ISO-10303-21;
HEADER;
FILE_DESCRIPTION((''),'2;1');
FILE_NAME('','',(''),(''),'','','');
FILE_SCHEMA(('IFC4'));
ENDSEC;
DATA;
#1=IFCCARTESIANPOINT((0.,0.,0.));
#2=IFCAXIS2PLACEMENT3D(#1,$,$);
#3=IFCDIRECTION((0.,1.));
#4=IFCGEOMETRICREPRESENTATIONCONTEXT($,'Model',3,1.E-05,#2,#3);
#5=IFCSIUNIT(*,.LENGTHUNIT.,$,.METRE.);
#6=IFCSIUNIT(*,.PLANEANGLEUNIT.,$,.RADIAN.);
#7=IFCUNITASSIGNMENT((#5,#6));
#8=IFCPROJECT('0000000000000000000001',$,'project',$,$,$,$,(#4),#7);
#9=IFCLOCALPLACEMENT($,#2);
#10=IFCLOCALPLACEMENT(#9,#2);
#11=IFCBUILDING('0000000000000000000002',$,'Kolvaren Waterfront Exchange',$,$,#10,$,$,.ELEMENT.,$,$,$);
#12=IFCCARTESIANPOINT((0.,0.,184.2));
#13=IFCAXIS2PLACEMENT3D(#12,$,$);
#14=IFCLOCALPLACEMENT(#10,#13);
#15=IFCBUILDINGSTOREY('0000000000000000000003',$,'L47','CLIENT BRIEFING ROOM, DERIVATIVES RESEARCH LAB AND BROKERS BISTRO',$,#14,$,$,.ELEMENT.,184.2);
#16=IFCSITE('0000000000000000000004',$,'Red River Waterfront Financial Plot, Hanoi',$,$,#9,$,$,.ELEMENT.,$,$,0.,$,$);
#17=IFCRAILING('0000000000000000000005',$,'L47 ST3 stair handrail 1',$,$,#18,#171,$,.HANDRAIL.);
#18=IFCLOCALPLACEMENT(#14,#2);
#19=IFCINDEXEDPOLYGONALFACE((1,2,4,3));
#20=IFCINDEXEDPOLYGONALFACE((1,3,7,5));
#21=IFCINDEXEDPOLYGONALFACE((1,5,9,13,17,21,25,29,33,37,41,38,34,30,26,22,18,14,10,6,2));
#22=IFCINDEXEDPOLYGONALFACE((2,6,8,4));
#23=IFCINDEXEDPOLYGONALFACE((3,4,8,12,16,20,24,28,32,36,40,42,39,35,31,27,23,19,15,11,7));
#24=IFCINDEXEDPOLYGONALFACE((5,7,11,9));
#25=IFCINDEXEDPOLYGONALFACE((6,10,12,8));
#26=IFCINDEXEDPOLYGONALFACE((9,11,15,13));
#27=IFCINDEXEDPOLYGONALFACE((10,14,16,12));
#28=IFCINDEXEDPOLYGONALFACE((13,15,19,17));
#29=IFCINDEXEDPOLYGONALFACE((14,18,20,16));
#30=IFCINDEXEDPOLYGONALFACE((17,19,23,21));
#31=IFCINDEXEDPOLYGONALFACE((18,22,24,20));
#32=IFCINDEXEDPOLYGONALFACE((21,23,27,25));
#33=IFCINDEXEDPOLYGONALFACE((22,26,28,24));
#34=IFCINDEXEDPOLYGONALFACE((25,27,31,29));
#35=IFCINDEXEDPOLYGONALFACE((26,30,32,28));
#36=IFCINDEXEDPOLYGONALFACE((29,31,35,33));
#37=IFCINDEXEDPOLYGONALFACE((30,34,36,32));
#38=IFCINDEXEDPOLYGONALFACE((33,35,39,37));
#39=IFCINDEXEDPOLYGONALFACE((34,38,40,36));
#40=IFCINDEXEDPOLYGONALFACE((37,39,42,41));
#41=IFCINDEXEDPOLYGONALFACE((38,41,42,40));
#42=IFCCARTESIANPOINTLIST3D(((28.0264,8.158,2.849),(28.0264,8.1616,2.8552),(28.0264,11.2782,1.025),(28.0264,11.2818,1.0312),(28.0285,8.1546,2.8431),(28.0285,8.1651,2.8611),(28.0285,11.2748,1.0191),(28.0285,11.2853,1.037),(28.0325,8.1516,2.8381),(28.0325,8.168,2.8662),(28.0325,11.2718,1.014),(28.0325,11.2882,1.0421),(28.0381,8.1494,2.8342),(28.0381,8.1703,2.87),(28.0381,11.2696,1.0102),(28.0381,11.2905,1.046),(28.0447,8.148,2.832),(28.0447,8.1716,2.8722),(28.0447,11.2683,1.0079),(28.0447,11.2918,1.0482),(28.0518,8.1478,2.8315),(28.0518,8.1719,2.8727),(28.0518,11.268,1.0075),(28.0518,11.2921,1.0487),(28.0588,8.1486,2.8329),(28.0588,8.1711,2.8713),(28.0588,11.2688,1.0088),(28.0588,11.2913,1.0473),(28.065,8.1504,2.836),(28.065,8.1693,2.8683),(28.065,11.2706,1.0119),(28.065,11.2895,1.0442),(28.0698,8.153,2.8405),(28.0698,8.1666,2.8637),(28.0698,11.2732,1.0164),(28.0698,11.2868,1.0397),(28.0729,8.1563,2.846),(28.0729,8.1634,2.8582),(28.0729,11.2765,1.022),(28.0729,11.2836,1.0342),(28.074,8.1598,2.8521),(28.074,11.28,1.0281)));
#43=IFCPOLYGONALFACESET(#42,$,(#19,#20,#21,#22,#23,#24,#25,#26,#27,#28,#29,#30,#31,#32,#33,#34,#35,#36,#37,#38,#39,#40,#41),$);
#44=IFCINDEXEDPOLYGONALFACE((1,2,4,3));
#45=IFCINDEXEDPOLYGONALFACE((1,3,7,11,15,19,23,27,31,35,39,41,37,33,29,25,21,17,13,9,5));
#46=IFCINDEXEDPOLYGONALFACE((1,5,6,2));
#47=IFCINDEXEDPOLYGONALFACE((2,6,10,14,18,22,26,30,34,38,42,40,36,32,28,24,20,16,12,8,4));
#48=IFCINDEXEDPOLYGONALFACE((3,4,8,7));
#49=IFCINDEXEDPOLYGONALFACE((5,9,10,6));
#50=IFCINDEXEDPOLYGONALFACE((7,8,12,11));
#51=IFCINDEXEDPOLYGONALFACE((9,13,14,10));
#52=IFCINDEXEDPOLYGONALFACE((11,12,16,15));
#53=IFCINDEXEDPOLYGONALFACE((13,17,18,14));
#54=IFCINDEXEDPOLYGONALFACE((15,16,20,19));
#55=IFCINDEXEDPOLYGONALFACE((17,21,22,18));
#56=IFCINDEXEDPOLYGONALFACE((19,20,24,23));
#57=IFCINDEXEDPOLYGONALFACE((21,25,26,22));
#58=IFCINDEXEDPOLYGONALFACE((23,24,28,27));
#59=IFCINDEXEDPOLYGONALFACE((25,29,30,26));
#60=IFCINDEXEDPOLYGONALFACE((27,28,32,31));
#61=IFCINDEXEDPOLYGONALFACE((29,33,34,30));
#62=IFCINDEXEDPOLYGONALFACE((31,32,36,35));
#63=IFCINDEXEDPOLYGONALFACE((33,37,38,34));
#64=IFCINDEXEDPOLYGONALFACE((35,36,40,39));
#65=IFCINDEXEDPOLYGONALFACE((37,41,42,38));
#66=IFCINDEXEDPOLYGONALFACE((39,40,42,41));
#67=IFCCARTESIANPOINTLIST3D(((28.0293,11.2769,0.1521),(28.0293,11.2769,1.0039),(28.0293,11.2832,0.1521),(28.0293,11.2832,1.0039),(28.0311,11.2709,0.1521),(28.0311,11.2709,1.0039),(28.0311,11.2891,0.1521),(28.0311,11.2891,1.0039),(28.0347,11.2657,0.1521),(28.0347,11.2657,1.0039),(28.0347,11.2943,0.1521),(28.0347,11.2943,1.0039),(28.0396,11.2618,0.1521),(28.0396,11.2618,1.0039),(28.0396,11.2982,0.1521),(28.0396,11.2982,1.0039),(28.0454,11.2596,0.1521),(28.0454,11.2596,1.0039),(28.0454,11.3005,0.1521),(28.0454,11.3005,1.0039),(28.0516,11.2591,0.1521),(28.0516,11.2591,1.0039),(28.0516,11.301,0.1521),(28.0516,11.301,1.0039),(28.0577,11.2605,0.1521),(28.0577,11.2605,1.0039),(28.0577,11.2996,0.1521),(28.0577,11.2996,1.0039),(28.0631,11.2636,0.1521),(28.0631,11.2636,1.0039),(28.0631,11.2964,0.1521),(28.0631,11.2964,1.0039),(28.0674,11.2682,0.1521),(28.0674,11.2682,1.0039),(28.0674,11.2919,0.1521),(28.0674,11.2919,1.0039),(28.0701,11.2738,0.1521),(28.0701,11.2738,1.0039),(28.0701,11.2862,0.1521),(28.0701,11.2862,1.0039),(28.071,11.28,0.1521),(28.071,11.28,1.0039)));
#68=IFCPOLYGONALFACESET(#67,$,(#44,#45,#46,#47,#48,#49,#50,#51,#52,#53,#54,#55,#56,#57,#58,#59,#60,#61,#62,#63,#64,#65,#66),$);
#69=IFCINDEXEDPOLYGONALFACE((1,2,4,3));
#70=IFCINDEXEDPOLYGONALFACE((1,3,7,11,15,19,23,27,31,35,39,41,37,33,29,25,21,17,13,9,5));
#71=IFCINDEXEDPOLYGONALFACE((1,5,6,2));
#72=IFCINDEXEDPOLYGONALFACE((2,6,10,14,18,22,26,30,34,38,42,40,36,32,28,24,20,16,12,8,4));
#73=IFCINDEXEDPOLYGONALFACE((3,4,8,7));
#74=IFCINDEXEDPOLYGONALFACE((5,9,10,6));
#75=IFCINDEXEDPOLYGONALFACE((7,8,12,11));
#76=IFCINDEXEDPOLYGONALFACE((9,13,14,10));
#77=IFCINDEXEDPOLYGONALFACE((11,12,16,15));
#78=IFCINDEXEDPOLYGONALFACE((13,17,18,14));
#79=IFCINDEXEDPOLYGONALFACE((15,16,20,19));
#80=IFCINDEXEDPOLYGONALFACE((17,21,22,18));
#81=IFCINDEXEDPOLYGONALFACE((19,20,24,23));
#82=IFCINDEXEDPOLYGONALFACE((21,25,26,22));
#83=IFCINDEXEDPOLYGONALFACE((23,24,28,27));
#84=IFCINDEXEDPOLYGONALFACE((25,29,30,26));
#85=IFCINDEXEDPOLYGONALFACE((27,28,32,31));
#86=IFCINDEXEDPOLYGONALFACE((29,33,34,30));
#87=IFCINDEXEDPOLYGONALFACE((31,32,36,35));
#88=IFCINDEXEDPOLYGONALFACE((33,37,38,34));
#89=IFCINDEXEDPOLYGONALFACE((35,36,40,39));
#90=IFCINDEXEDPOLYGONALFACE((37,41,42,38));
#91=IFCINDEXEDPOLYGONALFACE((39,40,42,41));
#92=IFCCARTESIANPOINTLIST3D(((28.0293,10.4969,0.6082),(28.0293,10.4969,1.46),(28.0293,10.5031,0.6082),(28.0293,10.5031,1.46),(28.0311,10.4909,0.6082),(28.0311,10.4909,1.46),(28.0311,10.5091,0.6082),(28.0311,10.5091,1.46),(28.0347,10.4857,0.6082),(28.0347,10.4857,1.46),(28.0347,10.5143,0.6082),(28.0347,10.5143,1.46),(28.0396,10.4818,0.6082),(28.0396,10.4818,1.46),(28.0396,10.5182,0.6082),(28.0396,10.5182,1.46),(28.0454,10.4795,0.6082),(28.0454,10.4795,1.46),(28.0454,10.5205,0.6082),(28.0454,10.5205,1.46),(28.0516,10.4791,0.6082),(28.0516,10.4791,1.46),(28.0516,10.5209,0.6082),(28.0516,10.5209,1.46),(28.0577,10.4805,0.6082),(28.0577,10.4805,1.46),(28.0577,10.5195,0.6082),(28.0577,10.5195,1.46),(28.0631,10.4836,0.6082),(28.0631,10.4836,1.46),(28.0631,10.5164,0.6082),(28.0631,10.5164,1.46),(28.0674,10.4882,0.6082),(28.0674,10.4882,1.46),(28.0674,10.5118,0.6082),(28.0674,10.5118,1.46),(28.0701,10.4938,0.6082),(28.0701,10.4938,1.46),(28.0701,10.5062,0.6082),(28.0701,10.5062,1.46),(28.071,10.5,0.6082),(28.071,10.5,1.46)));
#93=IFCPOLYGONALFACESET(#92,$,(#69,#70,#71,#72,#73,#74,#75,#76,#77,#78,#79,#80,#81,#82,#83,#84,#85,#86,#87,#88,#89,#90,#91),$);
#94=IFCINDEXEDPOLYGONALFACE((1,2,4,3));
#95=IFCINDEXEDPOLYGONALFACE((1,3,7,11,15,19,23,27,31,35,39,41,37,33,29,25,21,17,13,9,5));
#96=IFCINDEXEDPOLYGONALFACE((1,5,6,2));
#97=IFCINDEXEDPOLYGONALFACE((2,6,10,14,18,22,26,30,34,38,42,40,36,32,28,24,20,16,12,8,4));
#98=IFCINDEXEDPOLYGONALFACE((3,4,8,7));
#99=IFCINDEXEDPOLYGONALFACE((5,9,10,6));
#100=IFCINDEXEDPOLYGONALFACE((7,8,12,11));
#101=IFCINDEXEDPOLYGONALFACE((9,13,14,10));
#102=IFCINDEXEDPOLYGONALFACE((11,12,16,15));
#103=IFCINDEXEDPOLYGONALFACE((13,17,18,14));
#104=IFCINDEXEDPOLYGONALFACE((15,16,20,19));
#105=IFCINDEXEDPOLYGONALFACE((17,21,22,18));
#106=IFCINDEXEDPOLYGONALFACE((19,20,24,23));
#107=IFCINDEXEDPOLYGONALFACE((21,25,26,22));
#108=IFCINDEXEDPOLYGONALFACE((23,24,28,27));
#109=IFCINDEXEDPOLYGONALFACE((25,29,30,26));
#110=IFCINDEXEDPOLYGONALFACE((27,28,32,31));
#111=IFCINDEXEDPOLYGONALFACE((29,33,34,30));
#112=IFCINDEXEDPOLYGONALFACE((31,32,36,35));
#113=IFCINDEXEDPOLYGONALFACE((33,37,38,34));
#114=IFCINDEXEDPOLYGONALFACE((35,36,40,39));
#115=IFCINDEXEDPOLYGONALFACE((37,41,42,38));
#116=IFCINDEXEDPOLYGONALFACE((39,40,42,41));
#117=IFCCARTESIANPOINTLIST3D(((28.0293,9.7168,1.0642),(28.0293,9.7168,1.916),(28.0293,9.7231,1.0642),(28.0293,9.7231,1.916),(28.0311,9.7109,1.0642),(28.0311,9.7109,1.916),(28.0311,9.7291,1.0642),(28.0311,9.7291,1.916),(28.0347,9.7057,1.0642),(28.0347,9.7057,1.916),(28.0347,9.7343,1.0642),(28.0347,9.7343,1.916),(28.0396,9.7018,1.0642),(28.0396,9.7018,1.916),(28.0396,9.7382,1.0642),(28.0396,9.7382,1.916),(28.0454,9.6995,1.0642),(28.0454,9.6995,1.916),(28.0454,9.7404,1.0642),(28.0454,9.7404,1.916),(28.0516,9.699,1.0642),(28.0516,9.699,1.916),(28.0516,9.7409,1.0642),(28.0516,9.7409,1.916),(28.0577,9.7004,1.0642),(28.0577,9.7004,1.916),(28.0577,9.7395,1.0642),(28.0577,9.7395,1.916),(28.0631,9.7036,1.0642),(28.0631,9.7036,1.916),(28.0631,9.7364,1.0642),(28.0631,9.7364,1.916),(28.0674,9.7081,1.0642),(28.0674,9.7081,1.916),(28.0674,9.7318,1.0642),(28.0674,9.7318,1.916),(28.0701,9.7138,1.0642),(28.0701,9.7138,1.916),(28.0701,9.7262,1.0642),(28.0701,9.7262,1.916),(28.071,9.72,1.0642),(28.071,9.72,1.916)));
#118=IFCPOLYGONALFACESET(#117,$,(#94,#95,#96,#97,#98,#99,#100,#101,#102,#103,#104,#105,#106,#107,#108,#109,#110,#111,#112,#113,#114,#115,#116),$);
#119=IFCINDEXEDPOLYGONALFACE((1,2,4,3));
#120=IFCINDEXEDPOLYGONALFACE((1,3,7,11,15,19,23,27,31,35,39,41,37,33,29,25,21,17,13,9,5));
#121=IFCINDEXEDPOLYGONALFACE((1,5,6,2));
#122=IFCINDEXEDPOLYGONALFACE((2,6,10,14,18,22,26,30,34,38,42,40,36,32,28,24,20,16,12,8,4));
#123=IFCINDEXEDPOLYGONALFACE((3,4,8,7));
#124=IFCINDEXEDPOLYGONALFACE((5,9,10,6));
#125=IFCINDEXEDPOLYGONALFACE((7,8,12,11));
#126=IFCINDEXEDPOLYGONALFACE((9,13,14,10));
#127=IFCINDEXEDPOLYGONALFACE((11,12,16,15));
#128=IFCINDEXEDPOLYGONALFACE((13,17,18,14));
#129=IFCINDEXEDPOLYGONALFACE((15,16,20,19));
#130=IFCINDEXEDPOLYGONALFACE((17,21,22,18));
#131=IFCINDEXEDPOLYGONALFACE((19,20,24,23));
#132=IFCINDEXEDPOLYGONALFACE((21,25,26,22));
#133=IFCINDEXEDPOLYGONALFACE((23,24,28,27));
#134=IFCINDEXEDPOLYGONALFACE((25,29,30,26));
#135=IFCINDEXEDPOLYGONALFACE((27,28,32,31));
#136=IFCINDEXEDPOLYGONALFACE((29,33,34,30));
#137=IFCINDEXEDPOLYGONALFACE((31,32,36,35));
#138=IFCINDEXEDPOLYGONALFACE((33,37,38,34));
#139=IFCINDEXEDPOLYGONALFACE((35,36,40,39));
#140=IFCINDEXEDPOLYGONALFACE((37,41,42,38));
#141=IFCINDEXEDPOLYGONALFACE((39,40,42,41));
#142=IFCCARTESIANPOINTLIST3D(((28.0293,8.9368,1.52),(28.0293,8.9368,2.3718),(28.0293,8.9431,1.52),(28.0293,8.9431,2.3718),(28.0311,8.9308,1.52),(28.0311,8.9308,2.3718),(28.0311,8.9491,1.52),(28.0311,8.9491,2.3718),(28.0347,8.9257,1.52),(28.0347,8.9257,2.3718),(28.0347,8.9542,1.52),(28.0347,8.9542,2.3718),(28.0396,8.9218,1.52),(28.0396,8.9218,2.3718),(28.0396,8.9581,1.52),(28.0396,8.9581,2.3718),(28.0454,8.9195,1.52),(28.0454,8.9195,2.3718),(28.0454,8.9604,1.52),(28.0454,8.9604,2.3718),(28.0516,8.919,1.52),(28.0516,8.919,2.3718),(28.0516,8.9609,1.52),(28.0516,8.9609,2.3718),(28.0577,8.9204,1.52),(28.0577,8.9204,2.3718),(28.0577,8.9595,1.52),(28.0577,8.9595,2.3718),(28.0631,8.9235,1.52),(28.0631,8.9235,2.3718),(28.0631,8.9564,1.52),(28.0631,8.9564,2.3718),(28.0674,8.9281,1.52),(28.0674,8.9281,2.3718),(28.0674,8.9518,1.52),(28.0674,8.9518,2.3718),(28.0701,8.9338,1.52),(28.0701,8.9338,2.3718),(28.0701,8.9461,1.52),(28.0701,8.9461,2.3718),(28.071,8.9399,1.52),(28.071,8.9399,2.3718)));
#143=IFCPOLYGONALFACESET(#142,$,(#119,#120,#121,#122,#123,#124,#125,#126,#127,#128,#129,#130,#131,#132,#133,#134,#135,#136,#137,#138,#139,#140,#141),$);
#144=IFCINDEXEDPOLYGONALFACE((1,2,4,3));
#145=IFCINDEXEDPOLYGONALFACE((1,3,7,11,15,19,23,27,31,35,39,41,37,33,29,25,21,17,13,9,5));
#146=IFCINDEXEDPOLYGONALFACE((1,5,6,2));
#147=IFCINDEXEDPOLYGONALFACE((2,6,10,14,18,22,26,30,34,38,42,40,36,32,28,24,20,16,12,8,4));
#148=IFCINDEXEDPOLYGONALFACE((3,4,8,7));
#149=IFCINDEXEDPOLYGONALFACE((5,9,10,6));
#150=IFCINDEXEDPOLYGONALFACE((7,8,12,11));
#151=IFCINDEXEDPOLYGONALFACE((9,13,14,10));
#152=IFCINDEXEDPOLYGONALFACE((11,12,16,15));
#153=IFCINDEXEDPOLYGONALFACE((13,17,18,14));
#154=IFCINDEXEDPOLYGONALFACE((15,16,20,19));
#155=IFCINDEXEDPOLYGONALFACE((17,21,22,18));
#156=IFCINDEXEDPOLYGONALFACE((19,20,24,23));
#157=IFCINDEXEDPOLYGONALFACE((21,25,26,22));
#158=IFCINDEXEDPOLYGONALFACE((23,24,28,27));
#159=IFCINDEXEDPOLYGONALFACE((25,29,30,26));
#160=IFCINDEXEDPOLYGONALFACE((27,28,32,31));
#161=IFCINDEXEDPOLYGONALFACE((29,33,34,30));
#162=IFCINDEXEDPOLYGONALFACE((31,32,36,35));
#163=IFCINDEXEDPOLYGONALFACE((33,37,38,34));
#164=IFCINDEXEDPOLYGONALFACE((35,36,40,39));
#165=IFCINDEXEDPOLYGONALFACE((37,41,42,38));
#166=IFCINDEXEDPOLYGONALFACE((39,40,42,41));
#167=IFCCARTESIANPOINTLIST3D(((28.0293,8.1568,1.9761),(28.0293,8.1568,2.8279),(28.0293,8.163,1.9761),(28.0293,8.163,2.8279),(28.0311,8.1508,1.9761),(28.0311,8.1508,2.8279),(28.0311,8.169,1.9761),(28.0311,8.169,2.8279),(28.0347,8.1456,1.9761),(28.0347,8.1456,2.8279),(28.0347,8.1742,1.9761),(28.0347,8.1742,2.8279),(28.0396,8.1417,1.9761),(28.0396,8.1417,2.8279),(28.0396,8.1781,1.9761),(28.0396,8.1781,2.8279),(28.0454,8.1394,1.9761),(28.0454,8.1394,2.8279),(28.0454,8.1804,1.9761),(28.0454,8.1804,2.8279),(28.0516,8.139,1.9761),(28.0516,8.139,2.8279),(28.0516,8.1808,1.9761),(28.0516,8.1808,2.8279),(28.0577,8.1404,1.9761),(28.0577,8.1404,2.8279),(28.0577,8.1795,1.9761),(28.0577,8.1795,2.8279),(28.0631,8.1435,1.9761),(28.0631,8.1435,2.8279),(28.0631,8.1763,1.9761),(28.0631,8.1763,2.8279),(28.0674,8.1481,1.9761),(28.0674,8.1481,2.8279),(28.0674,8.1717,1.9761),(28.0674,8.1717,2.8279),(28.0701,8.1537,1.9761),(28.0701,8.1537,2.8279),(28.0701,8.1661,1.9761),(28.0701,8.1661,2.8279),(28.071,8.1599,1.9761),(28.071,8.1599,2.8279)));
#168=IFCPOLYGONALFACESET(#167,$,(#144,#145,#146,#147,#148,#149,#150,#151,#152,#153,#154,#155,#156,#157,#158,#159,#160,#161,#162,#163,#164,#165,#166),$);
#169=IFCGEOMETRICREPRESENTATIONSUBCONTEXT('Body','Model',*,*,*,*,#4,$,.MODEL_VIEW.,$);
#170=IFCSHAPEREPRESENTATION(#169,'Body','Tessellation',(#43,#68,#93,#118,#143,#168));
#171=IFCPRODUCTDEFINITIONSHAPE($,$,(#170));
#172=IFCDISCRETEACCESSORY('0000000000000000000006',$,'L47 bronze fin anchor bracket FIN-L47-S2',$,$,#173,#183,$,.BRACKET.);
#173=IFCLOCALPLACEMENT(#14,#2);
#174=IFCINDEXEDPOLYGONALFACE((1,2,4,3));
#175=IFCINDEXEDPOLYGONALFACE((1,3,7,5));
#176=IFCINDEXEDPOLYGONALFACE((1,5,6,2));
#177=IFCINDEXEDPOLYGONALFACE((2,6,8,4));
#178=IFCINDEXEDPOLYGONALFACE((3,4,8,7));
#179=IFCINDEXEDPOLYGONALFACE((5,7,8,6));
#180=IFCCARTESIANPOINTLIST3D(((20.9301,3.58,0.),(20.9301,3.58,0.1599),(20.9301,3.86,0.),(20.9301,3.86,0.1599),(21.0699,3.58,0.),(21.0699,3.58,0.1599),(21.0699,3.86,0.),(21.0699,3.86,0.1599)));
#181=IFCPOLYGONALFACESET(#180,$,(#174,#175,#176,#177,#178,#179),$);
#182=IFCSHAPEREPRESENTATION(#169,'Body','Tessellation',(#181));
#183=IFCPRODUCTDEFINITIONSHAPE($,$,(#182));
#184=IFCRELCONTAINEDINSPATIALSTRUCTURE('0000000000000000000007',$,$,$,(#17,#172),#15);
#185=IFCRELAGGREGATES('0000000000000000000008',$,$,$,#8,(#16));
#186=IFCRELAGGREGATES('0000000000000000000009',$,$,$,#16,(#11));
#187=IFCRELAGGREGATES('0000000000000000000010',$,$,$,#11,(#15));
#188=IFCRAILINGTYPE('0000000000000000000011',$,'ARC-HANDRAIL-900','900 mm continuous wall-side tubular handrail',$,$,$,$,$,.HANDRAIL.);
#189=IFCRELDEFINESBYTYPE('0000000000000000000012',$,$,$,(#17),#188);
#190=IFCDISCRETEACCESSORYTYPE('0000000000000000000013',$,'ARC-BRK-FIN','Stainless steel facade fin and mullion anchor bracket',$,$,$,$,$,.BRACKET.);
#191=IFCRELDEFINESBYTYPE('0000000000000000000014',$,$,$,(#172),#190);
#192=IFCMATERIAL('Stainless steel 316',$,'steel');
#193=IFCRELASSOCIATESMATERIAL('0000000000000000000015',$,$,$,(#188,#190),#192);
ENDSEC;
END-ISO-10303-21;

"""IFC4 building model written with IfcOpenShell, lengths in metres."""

from ifc_helpers import new_model, si_unit, direction, frame, origin, origin_with_axes, origin_2d, place, context, subcontext, project, spatial, rectangle, circle, extrude, source, transform, mapped, material, type_object, element, save


model = new_model("IFC4")

# Units and contexts
model_context = context("Model", 3, precision=1e-05, world=origin(), true_north=direction((0.0, 1.0)))
body_context = subcontext(model_context, "Body", "Model", "MODEL_VIEW")
ifc_project = project(units=[si_unit("LENGTHUNIT", "METRE"), si_unit("PLANEANGLEUNIT", "RADIAN")], contexts=[model_context])

# Site, building, storey
site_placement = place(None, origin())
site = spatial("IfcSite", under=ifc_project, at=site_placement, Name="Red River Waterfront Financial Plot, Hanoi", CompositionType="ELEMENT", RefElevation=0.0)
building_placement = place(site_placement, origin())
building = spatial("IfcBuilding", under=site, at=building_placement, Name="Kolvaren Waterfront Exchange", CompositionType="ELEMENT")
storey_placement = place(building_placement, frame((0.0, 0.0, 184.2)))
storey = spatial("IfcBuildingStorey", under=building, at=storey_placement, Name="L47", Description="CLIENT BRIEFING ROOM, DERIVATIVES RESEARCH LAB AND BROKERS BISTRO", CompositionType="ELEMENT", Elevation=184.2)

# Railing
ifc_material_1 = material(Name="Stainless steel 316", Category="steel")
railing_type = type_object("IfcRailingType", Name="ARC-HANDRAIL-900", Description="900 mm continuous wall-side tubular handrail", PredefinedType="HANDRAIL", material=ifc_material_1)
railing_1_placement = place(storey_placement, frame((28.05, 11.28, 0.1521)))
element("IfcRailing", 1, at=railing_1_placement, inside=storey, type_object=railing_type, Name="L47 ST3 stair handrail 1", PredefinedType="HANDRAIL", context=body_context, shape_type="SweptSolid", body=[
    extrude(circle(Radius=0.0239, at=origin_2d()), frame((0.0, 0.0, 0.876), z_axis=(0.0, -0.863308, 0.504677), x_axis=(1.0, 0.0, 0.0)), (0.0, 0.0, 1.0), 3.6143),
    extrude(circle(Radius=0.021, at=origin_2d()), origin(), (0.0, 0.0, 1.0), 0.8518),
    extrude(circle(Radius=0.021, at=origin_2d()), frame((0.0, -0.78, 0.4561)), (0.0, 0.0, 1.0), 0.8518),
    extrude(circle(Radius=0.021, at=origin_2d()), frame((0.0, -1.5601, 0.9121)), (0.0, 0.0, 1.0), 0.8518),
    extrude(circle(Radius=0.021, at=origin_2d()), frame((0.0, -2.3401, 1.3679)), (0.0, 0.0, 1.0), 0.8518),
    extrude(circle(Radius=0.021, at=origin_2d()), frame((0.0, -3.1201, 1.824)), (0.0, 0.0, 1.0), 0.8518),
])

# Discrete accessory
discrete_accessory_type = type_object("IfcDiscreteAccessoryType", Name="ARC-BRK-FIN", Description="Stainless steel facade fin and mullion anchor bracket", PredefinedType="BRACKET", material=ifc_material_1)
shared_shape_1 = source(origin_with_axes(), body_context, "Body", "SweptSolid", [
    extrude(rectangle(XDim=0.28, YDim=0.1399, at=origin_2d()), origin(), (0.0, 0.0, 1.0), 0.1599),
])
discrete_accessory_placement = place(storey_placement, frame((21.0, 3.72, 0.0), z_axis=(0.0, 0.0, 1.0), x_axis=(0.0, -1.0, 0.0)))
element("IfcDiscreteAccessory", 2, at=discrete_accessory_placement, inside=storey, type_object=discrete_accessory_type, Name="L47 bronze fin anchor bracket FIN-L47-S2", PredefinedType="BRACKET", context=body_context, shape_type="MappedRepresentation", body=[
    mapped(shared_shape_1, transform((0.0, 0.0, 0.0), x_axis=(1.0, 0.0, 0.0), y_axis=(0.0, 1.0, 0.0), z_axis=(0.0, 0.0, 1.0), scale=1.0)),
])

save(model, "model.ifc")
